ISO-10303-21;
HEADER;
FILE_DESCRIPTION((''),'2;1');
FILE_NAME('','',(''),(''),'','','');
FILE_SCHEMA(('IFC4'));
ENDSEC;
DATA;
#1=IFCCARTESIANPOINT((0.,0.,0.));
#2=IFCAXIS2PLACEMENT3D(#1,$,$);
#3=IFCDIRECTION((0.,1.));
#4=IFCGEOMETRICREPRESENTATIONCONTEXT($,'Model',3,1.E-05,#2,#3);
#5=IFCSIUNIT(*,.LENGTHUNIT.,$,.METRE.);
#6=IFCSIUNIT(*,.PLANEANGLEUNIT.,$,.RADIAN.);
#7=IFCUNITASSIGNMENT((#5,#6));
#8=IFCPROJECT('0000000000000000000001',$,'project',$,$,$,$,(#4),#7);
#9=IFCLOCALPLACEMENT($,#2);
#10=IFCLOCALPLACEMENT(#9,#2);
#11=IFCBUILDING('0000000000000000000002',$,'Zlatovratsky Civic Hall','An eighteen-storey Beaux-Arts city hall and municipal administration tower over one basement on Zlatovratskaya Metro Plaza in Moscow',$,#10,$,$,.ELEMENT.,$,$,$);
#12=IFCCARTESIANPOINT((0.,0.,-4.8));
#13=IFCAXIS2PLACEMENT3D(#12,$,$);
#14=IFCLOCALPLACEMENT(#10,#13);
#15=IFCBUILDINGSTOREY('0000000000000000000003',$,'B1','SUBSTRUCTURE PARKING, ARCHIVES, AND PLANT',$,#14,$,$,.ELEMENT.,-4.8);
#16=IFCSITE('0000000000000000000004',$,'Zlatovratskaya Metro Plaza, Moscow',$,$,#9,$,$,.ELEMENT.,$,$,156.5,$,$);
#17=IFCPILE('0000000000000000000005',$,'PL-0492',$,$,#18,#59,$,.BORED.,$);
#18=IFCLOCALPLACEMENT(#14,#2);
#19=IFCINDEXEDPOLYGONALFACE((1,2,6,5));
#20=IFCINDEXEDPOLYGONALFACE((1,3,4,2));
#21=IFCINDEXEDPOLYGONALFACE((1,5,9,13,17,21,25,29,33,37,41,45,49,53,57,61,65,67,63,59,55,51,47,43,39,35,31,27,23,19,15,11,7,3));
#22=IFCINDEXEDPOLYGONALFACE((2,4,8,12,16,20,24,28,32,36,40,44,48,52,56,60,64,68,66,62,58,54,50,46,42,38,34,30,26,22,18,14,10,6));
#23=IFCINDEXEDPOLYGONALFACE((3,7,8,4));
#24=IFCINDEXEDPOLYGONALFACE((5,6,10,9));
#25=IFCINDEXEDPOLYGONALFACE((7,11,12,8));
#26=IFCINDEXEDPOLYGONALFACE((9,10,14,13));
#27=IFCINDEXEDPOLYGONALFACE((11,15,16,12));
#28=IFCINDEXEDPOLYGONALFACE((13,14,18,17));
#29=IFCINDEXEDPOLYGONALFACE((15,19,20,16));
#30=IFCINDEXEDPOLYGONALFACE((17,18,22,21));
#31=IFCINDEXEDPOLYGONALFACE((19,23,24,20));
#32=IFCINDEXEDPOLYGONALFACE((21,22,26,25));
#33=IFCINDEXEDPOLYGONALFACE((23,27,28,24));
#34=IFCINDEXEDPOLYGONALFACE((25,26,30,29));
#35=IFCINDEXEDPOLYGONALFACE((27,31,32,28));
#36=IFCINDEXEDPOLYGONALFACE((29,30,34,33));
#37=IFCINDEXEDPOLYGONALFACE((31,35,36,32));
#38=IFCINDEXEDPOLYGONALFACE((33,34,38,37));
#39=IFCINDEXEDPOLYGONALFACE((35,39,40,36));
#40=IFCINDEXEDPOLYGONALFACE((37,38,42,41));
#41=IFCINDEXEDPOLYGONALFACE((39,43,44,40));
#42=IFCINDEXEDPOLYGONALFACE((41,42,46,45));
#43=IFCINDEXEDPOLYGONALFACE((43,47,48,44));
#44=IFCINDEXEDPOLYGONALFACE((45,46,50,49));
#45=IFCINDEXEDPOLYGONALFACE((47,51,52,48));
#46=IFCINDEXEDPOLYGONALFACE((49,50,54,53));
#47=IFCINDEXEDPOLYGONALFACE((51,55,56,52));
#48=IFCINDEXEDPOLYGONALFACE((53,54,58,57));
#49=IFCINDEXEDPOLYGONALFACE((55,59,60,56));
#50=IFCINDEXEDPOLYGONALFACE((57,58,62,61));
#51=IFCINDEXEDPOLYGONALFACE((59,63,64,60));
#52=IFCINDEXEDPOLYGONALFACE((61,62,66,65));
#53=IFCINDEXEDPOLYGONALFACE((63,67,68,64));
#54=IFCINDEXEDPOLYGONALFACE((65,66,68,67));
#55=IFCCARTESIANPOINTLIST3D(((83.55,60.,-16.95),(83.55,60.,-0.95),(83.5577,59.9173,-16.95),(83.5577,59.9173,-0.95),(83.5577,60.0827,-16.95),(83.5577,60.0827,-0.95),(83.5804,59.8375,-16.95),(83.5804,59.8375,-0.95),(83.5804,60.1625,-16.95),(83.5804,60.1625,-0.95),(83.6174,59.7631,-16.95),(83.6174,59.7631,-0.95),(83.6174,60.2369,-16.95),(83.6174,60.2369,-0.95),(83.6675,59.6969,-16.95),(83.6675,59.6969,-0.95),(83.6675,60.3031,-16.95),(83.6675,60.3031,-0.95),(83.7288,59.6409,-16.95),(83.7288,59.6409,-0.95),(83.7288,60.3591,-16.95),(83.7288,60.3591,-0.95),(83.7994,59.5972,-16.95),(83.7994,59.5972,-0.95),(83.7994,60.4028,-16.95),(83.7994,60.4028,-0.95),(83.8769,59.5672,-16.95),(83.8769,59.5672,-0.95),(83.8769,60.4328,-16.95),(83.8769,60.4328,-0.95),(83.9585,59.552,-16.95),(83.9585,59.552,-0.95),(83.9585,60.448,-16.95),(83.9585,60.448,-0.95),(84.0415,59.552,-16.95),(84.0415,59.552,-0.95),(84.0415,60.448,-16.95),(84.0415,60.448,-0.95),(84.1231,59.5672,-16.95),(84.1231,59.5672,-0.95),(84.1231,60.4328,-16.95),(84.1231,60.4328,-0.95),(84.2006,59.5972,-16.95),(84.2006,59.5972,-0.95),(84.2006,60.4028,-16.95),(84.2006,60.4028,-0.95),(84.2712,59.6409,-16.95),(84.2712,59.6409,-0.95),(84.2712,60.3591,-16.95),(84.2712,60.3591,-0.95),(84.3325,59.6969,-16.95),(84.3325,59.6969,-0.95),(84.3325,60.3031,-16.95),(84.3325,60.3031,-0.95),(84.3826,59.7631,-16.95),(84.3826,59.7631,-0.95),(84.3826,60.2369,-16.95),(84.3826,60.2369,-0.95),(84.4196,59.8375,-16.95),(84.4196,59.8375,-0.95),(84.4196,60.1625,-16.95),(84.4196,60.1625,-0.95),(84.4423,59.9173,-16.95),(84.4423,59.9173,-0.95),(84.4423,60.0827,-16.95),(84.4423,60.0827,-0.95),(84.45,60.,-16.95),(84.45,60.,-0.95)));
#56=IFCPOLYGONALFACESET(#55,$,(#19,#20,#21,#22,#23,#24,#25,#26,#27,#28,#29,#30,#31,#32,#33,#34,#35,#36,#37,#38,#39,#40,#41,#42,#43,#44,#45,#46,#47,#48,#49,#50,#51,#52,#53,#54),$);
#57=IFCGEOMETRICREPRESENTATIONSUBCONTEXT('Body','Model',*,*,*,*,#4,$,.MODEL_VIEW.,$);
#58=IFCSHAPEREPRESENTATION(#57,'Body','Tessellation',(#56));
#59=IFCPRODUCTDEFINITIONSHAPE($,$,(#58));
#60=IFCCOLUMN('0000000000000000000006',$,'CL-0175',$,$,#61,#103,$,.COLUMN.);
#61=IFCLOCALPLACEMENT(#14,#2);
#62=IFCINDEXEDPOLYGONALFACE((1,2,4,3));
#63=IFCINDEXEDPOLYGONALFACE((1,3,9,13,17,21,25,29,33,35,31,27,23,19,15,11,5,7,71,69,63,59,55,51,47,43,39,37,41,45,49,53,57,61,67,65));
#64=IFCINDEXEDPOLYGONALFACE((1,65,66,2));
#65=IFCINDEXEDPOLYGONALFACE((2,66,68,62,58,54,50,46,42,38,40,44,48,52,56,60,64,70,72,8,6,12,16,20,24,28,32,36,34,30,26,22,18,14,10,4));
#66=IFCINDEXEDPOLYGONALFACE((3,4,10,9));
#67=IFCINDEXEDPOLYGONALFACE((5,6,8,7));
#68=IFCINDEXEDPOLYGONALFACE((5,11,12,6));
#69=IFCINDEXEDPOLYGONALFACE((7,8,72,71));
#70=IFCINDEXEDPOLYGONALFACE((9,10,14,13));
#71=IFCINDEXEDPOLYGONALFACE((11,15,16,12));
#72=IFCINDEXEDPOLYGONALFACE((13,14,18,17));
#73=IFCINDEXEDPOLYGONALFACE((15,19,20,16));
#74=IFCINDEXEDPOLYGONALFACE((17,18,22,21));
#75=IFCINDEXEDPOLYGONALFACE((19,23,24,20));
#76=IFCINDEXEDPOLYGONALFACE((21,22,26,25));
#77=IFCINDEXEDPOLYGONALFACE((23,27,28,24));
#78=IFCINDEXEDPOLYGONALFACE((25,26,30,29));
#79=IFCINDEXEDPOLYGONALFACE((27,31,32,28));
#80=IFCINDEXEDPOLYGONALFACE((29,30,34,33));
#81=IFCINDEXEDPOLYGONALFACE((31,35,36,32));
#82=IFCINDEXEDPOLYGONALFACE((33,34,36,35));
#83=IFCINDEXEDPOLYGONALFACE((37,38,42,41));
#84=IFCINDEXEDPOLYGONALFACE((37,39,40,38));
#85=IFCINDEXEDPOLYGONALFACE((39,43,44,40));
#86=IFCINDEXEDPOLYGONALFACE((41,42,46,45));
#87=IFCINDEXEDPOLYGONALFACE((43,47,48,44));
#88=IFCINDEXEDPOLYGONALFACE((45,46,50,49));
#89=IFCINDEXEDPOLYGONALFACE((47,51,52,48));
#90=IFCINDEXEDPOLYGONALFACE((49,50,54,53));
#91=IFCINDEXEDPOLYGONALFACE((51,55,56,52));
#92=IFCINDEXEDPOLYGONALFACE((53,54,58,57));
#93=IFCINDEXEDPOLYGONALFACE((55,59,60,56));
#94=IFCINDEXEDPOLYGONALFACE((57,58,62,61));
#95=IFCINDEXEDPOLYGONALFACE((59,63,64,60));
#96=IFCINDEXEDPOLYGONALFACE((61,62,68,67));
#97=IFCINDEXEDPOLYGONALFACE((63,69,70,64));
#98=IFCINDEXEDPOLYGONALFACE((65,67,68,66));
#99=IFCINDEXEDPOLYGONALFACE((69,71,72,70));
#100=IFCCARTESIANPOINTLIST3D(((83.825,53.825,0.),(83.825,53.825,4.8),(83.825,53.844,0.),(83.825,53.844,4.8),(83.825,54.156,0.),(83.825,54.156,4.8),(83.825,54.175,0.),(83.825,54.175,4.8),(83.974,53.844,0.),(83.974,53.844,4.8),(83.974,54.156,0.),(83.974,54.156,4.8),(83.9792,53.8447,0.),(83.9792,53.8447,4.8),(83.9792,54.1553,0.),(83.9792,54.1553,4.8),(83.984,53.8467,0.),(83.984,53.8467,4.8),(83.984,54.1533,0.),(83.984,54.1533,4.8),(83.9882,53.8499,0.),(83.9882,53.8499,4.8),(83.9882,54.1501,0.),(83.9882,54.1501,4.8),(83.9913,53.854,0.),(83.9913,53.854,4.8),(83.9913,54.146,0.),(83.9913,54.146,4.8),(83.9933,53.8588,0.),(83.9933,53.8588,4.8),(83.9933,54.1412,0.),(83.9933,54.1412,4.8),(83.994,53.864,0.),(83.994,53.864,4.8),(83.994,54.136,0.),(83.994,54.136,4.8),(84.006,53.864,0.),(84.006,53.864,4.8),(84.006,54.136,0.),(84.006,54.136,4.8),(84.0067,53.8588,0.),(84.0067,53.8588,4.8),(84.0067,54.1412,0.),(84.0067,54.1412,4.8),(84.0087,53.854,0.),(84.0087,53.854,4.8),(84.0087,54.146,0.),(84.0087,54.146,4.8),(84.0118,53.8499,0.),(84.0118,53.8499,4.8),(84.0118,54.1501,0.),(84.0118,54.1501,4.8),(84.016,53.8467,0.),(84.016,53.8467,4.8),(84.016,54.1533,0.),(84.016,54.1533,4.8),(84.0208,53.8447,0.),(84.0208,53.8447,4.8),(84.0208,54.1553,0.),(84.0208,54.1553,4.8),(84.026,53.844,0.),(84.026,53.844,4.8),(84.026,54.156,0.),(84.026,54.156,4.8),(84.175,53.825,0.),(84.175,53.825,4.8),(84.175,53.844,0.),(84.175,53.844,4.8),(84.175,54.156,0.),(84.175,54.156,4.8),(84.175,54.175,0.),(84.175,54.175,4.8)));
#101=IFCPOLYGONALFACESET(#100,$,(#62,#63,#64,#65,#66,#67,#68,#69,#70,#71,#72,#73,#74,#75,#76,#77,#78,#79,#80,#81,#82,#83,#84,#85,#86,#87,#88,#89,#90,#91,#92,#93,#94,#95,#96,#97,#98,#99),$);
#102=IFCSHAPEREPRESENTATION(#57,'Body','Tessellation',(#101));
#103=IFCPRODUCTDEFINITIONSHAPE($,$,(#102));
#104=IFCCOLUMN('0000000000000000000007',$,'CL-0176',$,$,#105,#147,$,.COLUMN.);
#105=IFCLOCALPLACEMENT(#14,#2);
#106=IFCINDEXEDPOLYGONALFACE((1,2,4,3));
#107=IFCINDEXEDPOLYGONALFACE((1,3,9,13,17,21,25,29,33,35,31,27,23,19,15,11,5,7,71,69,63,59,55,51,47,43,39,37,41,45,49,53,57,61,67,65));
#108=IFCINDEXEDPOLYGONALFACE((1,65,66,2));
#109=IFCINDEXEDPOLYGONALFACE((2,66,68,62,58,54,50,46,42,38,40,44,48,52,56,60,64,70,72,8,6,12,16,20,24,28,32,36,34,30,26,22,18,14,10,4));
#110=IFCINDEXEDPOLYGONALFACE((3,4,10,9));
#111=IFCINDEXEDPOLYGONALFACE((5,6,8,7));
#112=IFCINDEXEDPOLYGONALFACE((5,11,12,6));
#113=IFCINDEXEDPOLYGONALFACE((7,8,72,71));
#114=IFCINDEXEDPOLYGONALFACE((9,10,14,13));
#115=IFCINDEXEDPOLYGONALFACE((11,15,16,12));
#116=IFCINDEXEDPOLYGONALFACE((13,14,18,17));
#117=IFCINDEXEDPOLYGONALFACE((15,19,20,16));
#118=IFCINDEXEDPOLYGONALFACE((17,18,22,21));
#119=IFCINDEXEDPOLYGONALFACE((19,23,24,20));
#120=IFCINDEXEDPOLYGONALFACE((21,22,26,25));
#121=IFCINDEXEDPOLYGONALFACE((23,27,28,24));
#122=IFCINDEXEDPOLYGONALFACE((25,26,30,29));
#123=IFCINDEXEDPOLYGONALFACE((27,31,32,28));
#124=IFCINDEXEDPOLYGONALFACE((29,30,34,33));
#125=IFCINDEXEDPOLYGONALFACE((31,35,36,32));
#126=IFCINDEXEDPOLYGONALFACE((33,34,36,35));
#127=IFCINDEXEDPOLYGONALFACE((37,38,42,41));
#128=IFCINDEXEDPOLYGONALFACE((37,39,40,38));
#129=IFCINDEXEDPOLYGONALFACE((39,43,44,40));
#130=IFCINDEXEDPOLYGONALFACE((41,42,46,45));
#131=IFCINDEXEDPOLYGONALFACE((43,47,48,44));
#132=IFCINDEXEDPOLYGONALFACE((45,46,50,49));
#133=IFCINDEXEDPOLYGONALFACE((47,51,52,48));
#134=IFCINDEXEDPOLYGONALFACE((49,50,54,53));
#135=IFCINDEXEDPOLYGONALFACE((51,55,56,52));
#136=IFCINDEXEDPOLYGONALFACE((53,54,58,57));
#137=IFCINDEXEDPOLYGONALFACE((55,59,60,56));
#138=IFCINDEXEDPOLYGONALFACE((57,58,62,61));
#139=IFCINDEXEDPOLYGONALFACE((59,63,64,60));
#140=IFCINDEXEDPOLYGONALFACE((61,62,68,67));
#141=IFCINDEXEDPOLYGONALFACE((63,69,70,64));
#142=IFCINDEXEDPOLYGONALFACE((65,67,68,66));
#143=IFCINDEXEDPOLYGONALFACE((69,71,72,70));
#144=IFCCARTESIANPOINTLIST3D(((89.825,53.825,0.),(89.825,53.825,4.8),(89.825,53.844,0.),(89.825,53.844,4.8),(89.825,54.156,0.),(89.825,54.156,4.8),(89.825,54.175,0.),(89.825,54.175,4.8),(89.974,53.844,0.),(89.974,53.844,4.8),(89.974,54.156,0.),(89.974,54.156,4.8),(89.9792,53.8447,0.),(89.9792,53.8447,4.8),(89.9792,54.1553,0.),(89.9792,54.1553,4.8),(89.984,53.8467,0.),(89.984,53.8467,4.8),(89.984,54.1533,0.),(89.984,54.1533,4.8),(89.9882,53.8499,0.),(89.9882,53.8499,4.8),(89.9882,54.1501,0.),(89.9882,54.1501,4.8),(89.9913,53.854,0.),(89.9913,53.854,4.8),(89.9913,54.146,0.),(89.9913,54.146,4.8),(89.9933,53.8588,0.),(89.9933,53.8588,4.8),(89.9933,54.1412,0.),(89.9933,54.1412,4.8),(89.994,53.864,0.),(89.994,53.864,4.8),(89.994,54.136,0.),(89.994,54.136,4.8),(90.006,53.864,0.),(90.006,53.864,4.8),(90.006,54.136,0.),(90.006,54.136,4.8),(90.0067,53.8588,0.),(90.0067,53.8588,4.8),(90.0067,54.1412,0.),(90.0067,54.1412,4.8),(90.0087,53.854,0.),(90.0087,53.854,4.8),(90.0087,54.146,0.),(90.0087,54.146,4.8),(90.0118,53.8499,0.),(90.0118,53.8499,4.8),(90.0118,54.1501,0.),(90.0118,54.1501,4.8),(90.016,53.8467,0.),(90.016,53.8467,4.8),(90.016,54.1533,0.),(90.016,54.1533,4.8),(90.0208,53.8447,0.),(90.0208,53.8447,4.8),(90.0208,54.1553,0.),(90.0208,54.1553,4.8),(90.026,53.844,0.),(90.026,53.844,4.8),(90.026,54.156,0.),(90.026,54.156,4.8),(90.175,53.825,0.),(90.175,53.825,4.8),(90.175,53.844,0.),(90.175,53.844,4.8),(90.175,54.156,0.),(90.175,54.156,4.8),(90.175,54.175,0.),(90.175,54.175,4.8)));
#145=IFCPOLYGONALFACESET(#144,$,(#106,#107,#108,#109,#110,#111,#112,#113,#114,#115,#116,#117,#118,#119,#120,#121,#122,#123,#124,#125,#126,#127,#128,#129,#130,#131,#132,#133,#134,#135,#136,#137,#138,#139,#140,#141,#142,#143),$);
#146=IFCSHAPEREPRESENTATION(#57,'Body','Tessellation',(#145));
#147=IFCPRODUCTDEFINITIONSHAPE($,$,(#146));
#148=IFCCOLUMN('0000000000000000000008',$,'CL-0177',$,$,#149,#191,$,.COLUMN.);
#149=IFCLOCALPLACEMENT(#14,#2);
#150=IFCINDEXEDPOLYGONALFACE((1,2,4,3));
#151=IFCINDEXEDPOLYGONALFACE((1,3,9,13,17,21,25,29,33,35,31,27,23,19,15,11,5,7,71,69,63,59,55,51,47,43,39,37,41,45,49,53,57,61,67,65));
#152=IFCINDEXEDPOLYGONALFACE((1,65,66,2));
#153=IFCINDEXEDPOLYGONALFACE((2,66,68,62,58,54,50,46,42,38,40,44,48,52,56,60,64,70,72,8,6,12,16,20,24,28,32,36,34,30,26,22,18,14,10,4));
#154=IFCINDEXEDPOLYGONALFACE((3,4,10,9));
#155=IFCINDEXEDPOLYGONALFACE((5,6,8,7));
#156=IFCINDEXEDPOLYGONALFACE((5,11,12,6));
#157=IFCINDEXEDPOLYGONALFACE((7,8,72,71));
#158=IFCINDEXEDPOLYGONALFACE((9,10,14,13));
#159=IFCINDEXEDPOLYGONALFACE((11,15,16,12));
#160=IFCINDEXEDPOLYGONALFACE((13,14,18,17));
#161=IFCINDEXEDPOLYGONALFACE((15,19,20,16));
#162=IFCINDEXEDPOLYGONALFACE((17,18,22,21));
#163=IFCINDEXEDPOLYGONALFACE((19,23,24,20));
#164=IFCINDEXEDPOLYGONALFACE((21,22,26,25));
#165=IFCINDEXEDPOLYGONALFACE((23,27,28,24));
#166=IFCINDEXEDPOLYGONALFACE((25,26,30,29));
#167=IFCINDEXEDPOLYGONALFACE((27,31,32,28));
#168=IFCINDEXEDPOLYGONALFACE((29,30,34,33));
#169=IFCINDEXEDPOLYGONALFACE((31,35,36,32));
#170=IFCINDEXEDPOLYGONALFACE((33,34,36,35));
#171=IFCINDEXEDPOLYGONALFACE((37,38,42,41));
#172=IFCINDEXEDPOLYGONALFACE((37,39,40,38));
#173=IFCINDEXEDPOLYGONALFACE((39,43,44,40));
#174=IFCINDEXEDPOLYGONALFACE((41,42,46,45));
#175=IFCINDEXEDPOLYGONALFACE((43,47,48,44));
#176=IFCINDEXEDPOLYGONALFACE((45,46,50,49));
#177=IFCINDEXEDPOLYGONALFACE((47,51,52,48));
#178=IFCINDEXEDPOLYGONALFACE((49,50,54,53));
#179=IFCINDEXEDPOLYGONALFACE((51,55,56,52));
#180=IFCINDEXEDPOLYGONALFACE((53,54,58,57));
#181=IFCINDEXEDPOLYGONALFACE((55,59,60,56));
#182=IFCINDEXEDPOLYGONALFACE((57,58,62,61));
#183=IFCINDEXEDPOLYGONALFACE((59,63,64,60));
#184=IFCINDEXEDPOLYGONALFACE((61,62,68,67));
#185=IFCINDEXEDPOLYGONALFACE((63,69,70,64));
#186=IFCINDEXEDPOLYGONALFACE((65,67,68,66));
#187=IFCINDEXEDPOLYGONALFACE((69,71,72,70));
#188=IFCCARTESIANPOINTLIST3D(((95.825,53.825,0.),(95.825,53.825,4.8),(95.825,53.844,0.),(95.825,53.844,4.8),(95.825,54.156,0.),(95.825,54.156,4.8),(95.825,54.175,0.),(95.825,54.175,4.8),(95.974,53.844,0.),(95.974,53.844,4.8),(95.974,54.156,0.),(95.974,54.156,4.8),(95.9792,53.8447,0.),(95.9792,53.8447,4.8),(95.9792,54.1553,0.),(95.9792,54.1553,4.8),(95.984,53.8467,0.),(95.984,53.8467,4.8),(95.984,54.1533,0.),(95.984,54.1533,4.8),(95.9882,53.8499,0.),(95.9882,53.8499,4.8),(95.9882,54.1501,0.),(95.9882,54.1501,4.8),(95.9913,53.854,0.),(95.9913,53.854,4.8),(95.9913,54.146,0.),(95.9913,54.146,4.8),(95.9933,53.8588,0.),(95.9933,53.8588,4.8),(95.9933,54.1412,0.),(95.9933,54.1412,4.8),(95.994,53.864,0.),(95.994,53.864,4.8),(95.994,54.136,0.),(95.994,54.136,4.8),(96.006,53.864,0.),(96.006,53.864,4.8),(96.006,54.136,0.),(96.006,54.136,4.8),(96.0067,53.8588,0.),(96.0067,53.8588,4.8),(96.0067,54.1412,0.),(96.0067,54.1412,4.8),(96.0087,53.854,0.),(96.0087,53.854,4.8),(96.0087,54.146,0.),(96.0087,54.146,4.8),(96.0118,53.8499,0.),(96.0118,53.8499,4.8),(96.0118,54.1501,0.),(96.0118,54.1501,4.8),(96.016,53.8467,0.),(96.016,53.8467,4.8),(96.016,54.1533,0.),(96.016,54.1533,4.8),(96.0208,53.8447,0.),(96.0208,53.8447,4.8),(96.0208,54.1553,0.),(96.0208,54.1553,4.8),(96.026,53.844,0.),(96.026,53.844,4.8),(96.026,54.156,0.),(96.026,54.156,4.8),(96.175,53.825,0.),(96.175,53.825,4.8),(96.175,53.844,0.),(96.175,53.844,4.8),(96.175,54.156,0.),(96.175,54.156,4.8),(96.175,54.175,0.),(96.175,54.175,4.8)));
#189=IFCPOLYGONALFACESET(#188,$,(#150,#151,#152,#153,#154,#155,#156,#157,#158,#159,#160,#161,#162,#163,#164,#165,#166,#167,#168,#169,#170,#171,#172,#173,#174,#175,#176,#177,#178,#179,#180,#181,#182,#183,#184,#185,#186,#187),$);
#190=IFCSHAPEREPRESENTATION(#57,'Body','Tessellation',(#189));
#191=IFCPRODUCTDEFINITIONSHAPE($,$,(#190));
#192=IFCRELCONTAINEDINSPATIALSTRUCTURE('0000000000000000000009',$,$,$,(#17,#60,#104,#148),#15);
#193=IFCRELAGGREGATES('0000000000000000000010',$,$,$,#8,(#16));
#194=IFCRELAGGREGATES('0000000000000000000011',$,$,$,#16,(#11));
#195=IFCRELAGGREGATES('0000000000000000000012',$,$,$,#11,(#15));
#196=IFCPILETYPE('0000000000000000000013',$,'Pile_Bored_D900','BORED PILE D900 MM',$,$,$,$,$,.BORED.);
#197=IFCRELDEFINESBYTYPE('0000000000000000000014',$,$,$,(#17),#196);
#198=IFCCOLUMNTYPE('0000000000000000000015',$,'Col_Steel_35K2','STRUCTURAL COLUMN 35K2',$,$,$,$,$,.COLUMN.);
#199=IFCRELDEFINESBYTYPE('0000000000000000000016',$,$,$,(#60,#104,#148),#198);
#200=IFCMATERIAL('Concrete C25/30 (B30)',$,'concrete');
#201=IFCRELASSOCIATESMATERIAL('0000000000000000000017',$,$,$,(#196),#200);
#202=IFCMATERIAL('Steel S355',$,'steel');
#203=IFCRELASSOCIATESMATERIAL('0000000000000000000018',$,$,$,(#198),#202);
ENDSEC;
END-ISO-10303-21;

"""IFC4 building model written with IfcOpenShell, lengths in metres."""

from ifc_helpers import new_model, si_unit, direction, frame, origin, origin_2d, place, context, subcontext, project, spatial, circle, i_section, extrude, material, material_profile, profile_set, type_object, element, save


model = new_model("IFC4")

# Units and contexts
model_context = context("Model", 3, precision=1e-05, world=origin(), true_north=direction((0.0, 1.0)))
body_context = subcontext(model_context, "Body", "Model", "MODEL_VIEW")
ifc_project = project(units=[si_unit("LENGTHUNIT", "METRE"), si_unit("PLANEANGLEUNIT", "RADIAN")], contexts=[model_context])

# Site, building, storey
site_placement = place(None, origin())
site = spatial("IfcSite", under=ifc_project, at=site_placement, Name="Zlatovratskaya Metro Plaza, Moscow", CompositionType="ELEMENT", RefElevation=156.5)
building_placement = place(site_placement, origin())
building = spatial("IfcBuilding", under=site, at=building_placement, Name="Zlatovratsky Civic Hall", Description="An eighteen-storey Beaux-Arts city hall and municipal administration tower over one basement on Zlatovratskaya Metro Plaza in Moscow", CompositionType="ELEMENT")
storey_placement = place(building_placement, frame((0.0, 0.0, -4.8)))
storey = spatial("IfcBuildingStorey", under=building, at=storey_placement, Name="B1", Description="SUBSTRUCTURE PARKING, ARCHIVES, AND PLANT", CompositionType="ELEMENT", Elevation=-4.8)

# Shared definitions
ifc_material_1 = material(Name="Concrete C25/30 (B30)", Category="concrete")

# Pile
ifc_material_profile_1 = material_profile(ifc_material_1, circle(Radius=0.45, at=origin_2d()), Name="PILE D900")
ifc_profile_set_1 = profile_set([ifc_material_profile_1], Name="Concrete C25/30 (B30)")
pile_type_1 = type_object("IfcPileType", Name="Pile_Bored_D900", Description="BORED PILE D900 MM", PredefinedType="BORED", material=ifc_profile_set_1)
for number, where, z_axis, x_axis, name in (
    (1, (84.0, 60.0, -0.95), (0.0, 0.0, -1.0), (1.0, 0.0, 0.0), "PL-0492"),
):
    element("IfcPile", number, at=place(storey_placement, frame(where, z_axis=z_axis, x_axis=x_axis)), inside=storey, type_object=pile_type_1, Name=name, PredefinedType="BORED", context=body_context, shape_type="SweptSolid", body=[
        extrude(circle(Radius=0.45, at=origin_2d()), origin(), (0.0, 0.0, 1.0), 16.0),
    ])

# Columns
ifc_material_2 = material(Name="Steel S355", Category="steel")
ifc_material_profile_2 = material_profile(ifc_material_2, i_section(OverallWidth=0.3501, OverallDepth=0.3501, WebThickness=0.012, FlangeThickness=0.019, FilletRadius=0.02, at=origin_2d()), Name="35K2")
ifc_profile_set_2 = profile_set([ifc_material_profile_2], Name="Steel S355")
column_type = type_object("IfcColumnType", Name="Col_Steel_35K2", Description="STRUCTURAL COLUMN 35K2", PredefinedType="COLUMN", material=ifc_profile_set_2)
for number, where, z_axis, x_axis, name in (
    (2, (84.0, 54.0, 0.0), (0.0, 0.0, 1.0), (1.0, 0.0, 0.0), "CL-0175"),
    (3, (90.0, 54.0, 0.0), (0.0, 0.0, 1.0), (1.0, 0.0, 0.0), "CL-0176"),
    (4, (96.0, 54.0, 0.0), (0.0, 0.0, 1.0), (1.0, 0.0, 0.0), "CL-0177"),
):
    element("IfcColumn", number, at=place(storey_placement, frame(where, z_axis=z_axis, x_axis=x_axis)), inside=storey, type_object=column_type, Name=name, PredefinedType="COLUMN", context=body_context, shape_type="SweptSolid", body=[
        extrude(i_section(OverallWidth=0.3501, OverallDepth=0.3501, WebThickness=0.012, FlangeThickness=0.019, FilletRadius=0.02, at=origin_2d()), origin(), (0.0, 0.0, 1.0), 4.8),
    ])

save(model, "model.ifc")
